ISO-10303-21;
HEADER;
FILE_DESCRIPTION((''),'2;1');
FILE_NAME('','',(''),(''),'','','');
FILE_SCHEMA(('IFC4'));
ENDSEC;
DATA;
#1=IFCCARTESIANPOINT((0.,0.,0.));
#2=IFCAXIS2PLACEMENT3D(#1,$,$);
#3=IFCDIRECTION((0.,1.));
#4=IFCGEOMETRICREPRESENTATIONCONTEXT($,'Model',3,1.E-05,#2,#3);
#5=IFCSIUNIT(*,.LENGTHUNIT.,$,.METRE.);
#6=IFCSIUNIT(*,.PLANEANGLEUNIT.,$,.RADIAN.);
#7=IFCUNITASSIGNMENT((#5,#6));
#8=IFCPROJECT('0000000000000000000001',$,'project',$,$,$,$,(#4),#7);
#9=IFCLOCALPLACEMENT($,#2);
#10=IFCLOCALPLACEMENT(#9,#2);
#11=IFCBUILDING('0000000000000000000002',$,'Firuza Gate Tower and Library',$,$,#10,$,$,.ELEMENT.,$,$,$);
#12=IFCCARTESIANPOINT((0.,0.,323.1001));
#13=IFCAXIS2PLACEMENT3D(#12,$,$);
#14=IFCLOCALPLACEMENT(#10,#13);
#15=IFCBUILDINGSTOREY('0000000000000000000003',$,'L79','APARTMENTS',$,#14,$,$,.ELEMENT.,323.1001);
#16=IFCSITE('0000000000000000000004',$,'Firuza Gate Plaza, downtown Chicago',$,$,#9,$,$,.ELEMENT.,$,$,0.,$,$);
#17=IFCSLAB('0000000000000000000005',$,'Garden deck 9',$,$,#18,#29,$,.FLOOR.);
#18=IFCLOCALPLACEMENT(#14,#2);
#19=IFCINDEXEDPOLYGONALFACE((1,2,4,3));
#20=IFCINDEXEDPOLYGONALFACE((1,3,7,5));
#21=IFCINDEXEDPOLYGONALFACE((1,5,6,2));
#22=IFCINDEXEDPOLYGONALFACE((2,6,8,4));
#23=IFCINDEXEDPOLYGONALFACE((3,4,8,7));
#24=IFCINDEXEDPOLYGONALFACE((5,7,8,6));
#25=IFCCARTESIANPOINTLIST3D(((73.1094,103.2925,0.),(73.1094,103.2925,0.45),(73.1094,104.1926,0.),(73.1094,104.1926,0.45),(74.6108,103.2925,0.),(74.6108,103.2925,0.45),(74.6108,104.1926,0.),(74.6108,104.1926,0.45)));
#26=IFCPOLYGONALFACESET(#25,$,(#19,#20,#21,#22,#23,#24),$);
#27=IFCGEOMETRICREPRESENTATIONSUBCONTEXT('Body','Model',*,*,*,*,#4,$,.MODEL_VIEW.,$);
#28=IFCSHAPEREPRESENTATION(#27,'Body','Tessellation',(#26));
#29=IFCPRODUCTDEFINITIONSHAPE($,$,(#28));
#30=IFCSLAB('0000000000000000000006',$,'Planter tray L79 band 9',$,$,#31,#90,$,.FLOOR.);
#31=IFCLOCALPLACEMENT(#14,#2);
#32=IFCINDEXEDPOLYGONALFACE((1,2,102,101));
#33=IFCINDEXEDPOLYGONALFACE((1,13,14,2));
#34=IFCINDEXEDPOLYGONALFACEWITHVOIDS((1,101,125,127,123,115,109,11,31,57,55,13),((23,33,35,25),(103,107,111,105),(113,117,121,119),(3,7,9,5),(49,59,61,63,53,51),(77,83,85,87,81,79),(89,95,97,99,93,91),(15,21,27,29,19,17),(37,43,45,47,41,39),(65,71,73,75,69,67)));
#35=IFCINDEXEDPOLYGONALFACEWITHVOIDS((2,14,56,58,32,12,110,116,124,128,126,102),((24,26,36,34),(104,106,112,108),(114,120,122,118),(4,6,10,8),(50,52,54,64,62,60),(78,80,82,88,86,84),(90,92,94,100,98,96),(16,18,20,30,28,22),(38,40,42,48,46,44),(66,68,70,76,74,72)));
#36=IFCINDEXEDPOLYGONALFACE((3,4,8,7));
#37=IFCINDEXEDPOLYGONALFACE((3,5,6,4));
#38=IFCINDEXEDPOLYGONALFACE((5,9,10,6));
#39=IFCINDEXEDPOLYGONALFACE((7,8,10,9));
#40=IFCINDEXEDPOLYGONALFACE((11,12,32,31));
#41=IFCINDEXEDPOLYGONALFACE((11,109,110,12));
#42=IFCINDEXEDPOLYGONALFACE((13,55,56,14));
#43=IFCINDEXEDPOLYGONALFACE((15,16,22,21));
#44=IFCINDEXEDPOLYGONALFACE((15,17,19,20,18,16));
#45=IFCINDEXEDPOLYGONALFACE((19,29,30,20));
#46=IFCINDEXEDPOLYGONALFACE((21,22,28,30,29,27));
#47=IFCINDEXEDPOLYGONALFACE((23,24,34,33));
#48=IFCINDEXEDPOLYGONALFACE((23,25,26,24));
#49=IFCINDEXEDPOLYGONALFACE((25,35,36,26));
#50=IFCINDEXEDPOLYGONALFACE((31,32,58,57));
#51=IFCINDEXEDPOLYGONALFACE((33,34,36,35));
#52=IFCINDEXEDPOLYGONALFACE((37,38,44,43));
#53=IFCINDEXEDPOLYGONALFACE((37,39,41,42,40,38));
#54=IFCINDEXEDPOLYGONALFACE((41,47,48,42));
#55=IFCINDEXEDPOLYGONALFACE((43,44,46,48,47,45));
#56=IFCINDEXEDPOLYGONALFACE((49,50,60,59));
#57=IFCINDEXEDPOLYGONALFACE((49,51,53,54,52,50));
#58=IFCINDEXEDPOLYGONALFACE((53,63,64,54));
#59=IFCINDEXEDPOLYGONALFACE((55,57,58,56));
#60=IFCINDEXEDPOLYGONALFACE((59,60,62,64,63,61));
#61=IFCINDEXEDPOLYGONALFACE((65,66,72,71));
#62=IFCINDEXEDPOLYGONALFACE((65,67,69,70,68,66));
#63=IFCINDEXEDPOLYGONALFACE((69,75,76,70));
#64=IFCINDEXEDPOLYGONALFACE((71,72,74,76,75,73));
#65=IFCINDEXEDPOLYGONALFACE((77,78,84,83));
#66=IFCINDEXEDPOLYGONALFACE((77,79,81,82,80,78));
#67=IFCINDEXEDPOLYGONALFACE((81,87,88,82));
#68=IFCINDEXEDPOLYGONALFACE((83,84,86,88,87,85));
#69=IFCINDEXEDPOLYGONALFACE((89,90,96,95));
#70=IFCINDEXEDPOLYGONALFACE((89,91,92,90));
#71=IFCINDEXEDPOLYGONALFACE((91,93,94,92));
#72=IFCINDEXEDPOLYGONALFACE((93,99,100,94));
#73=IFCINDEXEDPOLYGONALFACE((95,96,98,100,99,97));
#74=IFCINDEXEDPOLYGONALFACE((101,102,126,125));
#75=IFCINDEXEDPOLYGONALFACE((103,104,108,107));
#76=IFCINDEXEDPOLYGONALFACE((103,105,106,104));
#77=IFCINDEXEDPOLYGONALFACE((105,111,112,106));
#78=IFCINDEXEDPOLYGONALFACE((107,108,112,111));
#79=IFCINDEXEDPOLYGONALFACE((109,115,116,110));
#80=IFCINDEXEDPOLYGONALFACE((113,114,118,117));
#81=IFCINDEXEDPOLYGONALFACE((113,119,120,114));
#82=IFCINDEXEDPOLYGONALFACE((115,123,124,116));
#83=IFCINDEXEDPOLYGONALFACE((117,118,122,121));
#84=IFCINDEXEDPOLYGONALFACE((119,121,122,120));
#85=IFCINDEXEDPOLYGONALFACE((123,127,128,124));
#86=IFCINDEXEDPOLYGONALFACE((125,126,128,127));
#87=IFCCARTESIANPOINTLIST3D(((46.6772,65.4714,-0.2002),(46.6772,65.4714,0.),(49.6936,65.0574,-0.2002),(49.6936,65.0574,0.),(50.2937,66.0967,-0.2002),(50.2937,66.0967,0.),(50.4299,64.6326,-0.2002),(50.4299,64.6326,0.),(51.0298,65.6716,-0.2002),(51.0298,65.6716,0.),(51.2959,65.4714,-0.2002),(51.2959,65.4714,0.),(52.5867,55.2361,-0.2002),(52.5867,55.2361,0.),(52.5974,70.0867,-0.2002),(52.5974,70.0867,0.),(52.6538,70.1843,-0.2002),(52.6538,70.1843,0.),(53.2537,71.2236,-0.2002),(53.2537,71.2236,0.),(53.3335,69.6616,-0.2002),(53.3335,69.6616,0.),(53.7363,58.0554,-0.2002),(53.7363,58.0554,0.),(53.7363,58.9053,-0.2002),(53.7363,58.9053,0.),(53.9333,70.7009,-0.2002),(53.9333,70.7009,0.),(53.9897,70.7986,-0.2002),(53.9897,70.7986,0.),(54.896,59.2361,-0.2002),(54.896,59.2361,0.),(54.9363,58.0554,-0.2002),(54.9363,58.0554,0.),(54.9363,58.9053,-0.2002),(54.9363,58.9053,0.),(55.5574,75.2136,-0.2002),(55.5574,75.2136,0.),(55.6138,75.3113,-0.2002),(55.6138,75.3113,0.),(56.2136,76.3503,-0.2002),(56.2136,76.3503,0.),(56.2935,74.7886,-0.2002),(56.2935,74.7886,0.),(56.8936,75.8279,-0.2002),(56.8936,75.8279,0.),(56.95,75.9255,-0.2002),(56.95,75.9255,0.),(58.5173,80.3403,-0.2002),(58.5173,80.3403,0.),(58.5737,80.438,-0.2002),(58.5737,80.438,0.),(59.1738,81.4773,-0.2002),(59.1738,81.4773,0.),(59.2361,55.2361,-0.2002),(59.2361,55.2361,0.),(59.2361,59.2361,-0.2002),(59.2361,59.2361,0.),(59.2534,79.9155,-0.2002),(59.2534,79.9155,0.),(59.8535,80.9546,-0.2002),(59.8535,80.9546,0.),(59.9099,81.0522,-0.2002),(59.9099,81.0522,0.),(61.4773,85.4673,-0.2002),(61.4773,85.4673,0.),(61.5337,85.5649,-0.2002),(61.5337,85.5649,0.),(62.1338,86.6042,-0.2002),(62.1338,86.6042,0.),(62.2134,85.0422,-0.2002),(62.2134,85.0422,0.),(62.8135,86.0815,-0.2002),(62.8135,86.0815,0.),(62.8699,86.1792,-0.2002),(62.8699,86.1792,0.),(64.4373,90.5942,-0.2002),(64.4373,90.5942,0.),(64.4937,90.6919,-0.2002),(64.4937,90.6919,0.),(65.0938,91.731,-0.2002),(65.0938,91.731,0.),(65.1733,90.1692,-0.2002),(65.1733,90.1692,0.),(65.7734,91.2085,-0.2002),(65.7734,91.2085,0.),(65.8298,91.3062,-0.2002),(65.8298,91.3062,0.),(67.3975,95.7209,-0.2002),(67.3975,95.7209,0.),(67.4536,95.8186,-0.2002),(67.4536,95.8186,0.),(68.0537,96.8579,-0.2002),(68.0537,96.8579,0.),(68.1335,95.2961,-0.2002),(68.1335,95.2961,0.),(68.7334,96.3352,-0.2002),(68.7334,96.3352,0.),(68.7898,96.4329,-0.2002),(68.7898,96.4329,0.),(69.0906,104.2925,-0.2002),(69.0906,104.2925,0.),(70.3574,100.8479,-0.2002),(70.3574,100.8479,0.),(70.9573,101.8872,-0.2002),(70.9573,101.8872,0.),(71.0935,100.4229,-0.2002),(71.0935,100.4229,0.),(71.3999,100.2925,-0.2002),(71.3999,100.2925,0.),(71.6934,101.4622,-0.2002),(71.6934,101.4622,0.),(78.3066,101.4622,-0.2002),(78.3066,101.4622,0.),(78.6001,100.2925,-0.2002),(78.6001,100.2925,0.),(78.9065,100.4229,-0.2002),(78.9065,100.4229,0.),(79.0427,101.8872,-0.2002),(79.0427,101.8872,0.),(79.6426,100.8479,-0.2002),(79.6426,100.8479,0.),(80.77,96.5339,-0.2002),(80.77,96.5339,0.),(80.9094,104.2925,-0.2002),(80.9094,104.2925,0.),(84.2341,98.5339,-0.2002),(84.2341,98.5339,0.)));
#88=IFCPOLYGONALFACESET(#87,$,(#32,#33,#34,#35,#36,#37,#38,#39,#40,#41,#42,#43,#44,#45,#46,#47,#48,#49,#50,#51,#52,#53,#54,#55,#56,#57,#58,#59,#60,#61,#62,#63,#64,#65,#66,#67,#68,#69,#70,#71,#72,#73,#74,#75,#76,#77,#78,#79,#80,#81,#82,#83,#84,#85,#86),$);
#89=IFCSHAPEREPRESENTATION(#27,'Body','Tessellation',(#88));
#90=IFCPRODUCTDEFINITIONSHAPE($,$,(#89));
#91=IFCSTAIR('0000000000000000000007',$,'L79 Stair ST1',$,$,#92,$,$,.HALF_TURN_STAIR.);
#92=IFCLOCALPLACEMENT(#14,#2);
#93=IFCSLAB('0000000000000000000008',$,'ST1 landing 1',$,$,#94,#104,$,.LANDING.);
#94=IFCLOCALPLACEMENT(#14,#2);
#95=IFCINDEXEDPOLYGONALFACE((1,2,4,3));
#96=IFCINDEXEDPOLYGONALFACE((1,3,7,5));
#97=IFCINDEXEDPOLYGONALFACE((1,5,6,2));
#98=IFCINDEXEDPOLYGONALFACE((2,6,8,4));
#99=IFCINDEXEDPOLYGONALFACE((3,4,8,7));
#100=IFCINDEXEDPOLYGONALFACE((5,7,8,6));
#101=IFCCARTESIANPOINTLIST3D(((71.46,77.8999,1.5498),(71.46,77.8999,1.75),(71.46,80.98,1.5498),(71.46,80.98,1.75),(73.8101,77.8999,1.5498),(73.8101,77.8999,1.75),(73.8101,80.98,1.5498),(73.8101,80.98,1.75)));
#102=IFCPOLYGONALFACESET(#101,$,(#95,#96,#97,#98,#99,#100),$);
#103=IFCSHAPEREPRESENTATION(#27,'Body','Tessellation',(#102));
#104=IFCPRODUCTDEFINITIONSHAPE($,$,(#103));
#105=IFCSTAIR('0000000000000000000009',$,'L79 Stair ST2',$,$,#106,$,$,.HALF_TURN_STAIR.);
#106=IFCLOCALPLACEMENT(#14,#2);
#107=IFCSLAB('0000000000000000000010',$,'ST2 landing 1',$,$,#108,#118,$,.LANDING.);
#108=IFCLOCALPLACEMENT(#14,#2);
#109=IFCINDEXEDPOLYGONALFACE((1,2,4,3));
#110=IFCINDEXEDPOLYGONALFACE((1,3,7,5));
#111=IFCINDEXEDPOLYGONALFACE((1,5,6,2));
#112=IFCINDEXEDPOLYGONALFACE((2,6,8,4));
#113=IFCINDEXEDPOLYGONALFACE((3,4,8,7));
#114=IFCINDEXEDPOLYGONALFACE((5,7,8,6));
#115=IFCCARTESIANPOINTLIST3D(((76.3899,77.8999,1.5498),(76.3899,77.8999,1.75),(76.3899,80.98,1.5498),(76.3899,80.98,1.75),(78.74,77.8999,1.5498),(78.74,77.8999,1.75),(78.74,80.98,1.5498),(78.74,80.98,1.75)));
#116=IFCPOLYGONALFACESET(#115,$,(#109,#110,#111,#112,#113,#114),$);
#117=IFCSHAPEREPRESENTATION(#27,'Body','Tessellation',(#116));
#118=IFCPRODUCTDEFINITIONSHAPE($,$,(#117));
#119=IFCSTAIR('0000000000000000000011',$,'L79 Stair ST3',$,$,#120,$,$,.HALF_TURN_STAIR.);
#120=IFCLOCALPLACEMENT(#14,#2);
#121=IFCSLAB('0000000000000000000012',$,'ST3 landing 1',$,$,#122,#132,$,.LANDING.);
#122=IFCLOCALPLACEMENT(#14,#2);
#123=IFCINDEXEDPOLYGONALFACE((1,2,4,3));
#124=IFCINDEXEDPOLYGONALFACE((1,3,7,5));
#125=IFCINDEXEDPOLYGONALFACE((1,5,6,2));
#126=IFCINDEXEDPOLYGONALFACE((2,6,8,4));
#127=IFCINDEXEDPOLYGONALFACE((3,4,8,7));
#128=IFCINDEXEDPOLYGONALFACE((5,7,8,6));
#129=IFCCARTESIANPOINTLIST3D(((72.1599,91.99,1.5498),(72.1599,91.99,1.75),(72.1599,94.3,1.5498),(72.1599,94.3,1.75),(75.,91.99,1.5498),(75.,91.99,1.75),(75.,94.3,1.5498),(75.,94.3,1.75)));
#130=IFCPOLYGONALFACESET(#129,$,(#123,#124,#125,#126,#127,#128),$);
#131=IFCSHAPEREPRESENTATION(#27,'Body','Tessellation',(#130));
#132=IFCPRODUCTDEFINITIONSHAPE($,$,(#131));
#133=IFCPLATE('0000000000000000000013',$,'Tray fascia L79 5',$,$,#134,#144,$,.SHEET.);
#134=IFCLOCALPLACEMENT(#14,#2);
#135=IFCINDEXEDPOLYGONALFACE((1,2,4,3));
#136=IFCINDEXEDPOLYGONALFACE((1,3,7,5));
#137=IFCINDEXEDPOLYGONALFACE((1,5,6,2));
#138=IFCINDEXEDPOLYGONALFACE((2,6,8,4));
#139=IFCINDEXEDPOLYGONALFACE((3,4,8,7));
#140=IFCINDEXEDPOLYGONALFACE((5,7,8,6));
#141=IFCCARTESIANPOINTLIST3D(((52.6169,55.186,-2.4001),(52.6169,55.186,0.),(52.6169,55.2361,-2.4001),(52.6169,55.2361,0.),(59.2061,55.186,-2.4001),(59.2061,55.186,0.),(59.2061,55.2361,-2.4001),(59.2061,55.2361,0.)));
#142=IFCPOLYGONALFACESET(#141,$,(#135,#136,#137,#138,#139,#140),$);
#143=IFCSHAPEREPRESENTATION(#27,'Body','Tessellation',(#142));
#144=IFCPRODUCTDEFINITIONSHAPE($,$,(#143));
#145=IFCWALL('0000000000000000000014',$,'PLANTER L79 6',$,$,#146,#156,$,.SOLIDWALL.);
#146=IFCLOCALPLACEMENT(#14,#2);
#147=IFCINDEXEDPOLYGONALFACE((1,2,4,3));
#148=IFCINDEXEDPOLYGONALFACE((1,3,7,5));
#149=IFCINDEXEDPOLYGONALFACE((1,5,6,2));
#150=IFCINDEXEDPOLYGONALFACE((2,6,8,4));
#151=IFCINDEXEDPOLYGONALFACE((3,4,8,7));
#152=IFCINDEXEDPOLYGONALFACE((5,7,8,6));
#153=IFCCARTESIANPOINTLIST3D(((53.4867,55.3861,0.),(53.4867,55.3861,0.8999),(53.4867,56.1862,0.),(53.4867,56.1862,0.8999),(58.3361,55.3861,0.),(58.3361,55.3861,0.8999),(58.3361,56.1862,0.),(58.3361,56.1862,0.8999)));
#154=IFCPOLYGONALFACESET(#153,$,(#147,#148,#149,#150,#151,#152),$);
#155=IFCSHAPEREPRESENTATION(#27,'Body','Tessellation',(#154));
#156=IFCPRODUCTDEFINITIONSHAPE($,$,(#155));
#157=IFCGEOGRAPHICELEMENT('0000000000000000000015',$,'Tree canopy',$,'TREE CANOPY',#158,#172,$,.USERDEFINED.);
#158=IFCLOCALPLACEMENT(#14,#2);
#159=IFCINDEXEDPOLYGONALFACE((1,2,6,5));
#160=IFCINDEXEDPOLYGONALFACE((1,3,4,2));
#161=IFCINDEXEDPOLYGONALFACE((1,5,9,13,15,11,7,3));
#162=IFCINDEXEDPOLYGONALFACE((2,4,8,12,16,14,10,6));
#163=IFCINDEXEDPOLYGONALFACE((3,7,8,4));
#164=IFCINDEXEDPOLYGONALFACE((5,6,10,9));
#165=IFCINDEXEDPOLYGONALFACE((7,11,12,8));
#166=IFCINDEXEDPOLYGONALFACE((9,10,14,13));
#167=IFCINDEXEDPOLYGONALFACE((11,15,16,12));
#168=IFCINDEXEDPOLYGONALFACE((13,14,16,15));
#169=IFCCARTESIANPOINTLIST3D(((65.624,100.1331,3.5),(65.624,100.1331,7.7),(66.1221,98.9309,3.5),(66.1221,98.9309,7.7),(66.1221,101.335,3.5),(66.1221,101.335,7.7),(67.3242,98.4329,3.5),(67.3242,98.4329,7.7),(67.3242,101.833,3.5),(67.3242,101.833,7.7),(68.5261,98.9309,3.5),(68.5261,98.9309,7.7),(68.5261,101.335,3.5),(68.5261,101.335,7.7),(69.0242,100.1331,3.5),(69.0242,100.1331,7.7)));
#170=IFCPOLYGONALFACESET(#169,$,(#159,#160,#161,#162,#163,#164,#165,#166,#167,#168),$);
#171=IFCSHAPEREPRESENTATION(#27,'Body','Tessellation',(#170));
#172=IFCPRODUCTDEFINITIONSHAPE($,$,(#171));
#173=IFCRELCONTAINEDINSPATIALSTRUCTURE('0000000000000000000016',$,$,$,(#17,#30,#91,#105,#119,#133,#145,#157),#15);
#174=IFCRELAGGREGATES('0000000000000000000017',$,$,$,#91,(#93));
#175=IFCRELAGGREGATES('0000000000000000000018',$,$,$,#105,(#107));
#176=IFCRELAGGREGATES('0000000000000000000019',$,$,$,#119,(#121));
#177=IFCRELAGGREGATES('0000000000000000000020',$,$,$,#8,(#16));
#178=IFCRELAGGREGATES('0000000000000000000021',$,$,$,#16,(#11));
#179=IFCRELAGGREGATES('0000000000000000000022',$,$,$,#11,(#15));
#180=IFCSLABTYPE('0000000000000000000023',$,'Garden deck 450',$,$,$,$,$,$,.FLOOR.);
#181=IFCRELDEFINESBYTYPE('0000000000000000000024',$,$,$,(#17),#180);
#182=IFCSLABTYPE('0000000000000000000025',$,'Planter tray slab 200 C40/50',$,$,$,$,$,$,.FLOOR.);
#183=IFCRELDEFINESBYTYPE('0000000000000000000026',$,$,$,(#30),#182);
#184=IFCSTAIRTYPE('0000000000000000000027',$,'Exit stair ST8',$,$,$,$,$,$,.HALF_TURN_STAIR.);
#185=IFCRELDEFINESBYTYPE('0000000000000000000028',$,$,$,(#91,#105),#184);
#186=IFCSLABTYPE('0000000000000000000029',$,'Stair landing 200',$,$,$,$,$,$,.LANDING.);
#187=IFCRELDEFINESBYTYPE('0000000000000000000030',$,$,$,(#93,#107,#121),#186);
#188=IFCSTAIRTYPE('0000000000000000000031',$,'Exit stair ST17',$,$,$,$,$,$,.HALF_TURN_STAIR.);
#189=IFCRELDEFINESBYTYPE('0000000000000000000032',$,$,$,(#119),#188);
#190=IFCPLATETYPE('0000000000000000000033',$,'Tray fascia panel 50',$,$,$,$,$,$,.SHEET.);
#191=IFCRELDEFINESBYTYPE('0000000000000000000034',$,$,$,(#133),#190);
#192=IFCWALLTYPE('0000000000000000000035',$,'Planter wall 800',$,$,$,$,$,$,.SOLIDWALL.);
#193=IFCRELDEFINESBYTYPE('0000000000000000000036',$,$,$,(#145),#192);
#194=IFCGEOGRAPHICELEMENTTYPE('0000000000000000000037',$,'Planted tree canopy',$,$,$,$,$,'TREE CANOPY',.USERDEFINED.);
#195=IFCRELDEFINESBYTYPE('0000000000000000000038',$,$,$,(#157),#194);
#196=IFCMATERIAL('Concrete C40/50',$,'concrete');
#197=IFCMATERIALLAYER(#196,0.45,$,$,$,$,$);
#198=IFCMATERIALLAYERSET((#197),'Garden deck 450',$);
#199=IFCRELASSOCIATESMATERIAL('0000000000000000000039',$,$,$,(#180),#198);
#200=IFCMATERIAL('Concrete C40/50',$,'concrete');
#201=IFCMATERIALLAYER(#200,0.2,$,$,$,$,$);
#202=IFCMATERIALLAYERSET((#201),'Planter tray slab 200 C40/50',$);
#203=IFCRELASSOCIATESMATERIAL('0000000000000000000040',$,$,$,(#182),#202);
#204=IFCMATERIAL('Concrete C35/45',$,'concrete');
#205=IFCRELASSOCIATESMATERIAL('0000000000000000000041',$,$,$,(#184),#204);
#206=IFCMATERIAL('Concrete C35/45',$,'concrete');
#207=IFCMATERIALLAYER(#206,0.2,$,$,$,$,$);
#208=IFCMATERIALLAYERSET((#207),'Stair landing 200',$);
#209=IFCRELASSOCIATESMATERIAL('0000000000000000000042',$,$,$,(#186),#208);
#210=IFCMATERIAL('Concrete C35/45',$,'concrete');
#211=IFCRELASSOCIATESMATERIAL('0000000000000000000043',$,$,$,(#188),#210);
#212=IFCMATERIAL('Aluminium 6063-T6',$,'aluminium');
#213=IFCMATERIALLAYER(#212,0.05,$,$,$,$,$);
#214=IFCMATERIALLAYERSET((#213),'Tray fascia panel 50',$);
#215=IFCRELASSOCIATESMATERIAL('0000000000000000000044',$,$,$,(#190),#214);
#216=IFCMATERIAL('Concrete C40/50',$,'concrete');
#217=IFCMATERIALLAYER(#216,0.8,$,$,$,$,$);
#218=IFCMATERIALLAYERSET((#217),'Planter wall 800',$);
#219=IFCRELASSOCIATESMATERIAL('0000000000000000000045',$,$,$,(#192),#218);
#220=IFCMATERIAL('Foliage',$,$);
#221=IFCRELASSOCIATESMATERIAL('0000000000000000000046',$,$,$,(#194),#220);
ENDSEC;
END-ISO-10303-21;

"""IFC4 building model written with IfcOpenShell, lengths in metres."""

from ifc_helpers import new_model, si_unit, direction, frame, frame_2d, origin, place, context, subcontext, project, spatial, polyline, rectangle, outline, extrude, material, layer, layer_set, type_object, element, aggregate, save


model = new_model("IFC4")

# Units and contexts
model_context = context("Model", 3, precision=1e-05, world=origin(), true_north=direction((0.0, 1.0)))
body_context = subcontext(model_context, "Body", "Model", "MODEL_VIEW")
ifc_project = project(units=[si_unit("LENGTHUNIT", "METRE"), si_unit("PLANEANGLEUNIT", "RADIAN")], contexts=[model_context])

# Site, building, storey
site_placement = place(None, origin())
site = spatial("IfcSite", under=ifc_project, at=site_placement, Name="Firuza Gate Plaza, downtown Chicago", CompositionType="ELEMENT", RefElevation=0.0)
building_placement = place(site_placement, origin())
building = spatial("IfcBuilding", under=site, at=building_placement, Name="Firuza Gate Tower and Library", CompositionType="ELEMENT")
storey_placement = place(building_placement, frame((0.0, 0.0, 323.1001)))
storey = spatial("IfcBuildingStorey", under=building, at=storey_placement, Name="L79", Description="APARTMENTS", CompositionType="ELEMENT", Elevation=323.1001)

# Shared definitions
placement_1 = place(storey_placement, origin())

# Shared definitions
placement_2 = place(storey_placement, frame((0.0, 0.0, 3.5)))

# Slabs
placement_3 = place(storey_placement, frame((0.0, 0.0, -0.2002)))
ifc_material_1 = material(Name="Concrete C40/50", Category="concrete")
ifc_layer_1 = layer(ifc_material_1, 0.45)
ifc_layer_set_1 = layer_set([ifc_layer_1], Name="Garden deck 450")
slab_type_1 = type_object("IfcSlabType", Name="Garden deck 450", PredefinedType="FLOOR", material=ifc_layer_set_1)
element("IfcSlab", 1, at=placement_1, inside=storey, type_object=slab_type_1, Name="Garden deck 9", PredefinedType="FLOOR", context=body_context, shape_type="SweptSolid", body=[
    extrude(outline(polyline([(74.6108, 104.1926), (73.1094, 104.1926), (73.1094, 103.2925), (74.6108, 103.2925), (74.6108, 104.1926)])), origin(), (0.0, 0.0, 1.0), 0.45),
])
ifc_material_2 = material(Name="Concrete C40/50", Category="concrete")
ifc_layer_2 = layer(ifc_material_2, 0.2)
ifc_layer_set_2 = layer_set([ifc_layer_2], Name="Planter tray slab 200 C40/50")
slab_type_2 = type_object("IfcSlabType", Name="Planter tray slab 200 C40/50", PredefinedType="FLOOR", material=ifc_layer_set_2)
element("IfcSlab", 2, at=placement_3, inside=storey, type_object=slab_type_2, Name="Planter tray L79 band 9", PredefinedType="FLOOR", context=body_context, shape_type="SweptSolid", body=[
    extrude(outline(polyline([(80.77, 96.5339), (84.2341, 98.5339), (80.9094, 104.2925), (69.0906, 104.2925), (46.6772, 65.4714), (52.5867, 55.2361), (59.2361, 55.2361), (59.2361, 59.2361), (54.896, 59.2361), (51.2959, 65.4714), (71.3999, 100.2925), (78.6001, 100.2925), (80.77, 96.5339)]), holes=[polyline([(53.7363, 58.0554), (53.7363, 58.9053), (54.9363, 58.9053), (54.9363, 58.0554), (53.7363, 58.0554)]), polyline([(51.0298, 65.6716), (50.4299, 64.6326), (49.6936, 65.0574), (50.2937, 66.0967), (51.0298, 65.6716)]), polyline([(52.6538, 70.1843), (53.2537, 71.2236), (53.9897, 70.7986), (53.9333, 70.7009), (53.9333, 70.7009), (53.3335, 69.6616), (52.5974, 70.0867), (52.6538, 70.1843), (52.6538, 70.1843)]), polyline([(55.6138, 75.3113), (55.6138, 75.3113), (56.2136, 76.3503), (56.95, 75.9255), (56.8936, 75.8279), (56.8936, 75.8279), (56.2935, 74.7886), (55.5574, 75.2136), (55.6138, 75.3113)]), polyline([(58.5737, 80.438), (59.1738, 81.4773), (59.9099, 81.0522), (59.8535, 80.9546), (59.8535, 80.9546), (59.2534, 79.9155), (58.5173, 80.3403), (58.5737, 80.438), (58.5737, 80.438)]), polyline([(61.5337, 85.5649), (61.5337, 85.5649), (62.1338, 86.6042), (62.8699, 86.1792), (62.8135, 86.0815), (62.8135, 86.0815), (62.2134, 85.0422), (61.4773, 85.4673), (61.5337, 85.5649)]), polyline([(64.4937, 90.6919), (64.4937, 90.6919), (65.0938, 91.731), (65.8298, 91.3062), (65.7734, 91.2085), (65.7734, 91.2085), (65.1733, 90.1692), (64.4373, 90.5942), (64.4937, 90.6919)]), polyline([(67.4536, 95.8186), (67.4536, 95.8186), (68.0537, 96.8579), (68.7898, 96.4329), (68.7334, 96.3352), (68.7334, 96.3352), (68.1335, 95.2961), (67.3975, 95.7209), (67.4536, 95.8186)]), polyline([(70.9573, 101.8872), (71.6934, 101.4622), (71.0935, 100.4229), (70.3574, 100.8479), (70.9573, 101.8872)]), polyline([(79.6426, 100.8479), (78.9065, 100.4229), (78.3066, 101.4622), (79.0427, 101.8872), (79.6426, 100.8479)])]), origin(), (0.0, 0.0, 1.0), 0.2002),
])

# Stairs, slabs
ifc_material_3 = material(Name="Concrete C35/45", Category="concrete")
stair_type_1 = type_object("IfcStairType", Name="Exit stair ST8", PredefinedType="HALF_TURN_STAIR", material=ifc_material_3)
stair_1 = element("IfcStair", 3, at=placement_1, inside=storey, type_object=stair_type_1, Name="L79 Stair ST1", PredefinedType="HALF_TURN_STAIR")
ifc_material_4 = material(Name="Concrete C35/45", Category="concrete")
ifc_layer_3 = layer(ifc_material_4, 0.2)
ifc_layer_set_3 = layer_set([ifc_layer_3], Name="Stair landing 200")
slab_type_3 = type_object("IfcSlabType", Name="Stair landing 200", PredefinedType="LANDING", material=ifc_layer_set_3)
placement_4 = place(storey_placement, frame((0.0, 0.0, 1.5498)))
slab_1 = element("IfcSlab", 4, at=placement_4, type_object=slab_type_3, Name="ST1 landing 1", PredefinedType="LANDING", context=body_context, shape_type="SweptSolid", body=[
    extrude(outline(polyline([(71.46, 77.8999), (73.8101, 77.8999), (73.8101, 80.98), (71.46, 80.98), (71.46, 77.8999)])), origin(), (0.0, 0.0, 1.0), 0.2002),
])
aggregate(stair_1, [slab_1])
stair_2 = element("IfcStair", 5, at=placement_1, inside=storey, type_object=stair_type_1, Name="L79 Stair ST2", PredefinedType="HALF_TURN_STAIR")
slab_2 = element("IfcSlab", 6, at=placement_4, type_object=slab_type_3, Name="ST2 landing 1", PredefinedType="LANDING", context=body_context, shape_type="SweptSolid", body=[
    extrude(outline(polyline([(78.74, 80.98), (76.3899, 80.98), (76.3899, 77.8999), (78.74, 77.8999), (78.74, 80.98)])), origin(), (0.0, 0.0, 1.0), 0.2002),
])
aggregate(stair_2, [slab_2])
ifc_material_5 = material(Name="Concrete C35/45", Category="concrete")
stair_type_2 = type_object("IfcStairType", Name="Exit stair ST17", PredefinedType="HALF_TURN_STAIR", material=ifc_material_5)
stair_3 = element("IfcStair", 7, at=placement_1, inside=storey, type_object=stair_type_2, Name="L79 Stair ST3", PredefinedType="HALF_TURN_STAIR")
slab_3 = element("IfcSlab", 8, at=placement_4, type_object=slab_type_3, Name="ST3 landing 1", PredefinedType="LANDING", context=body_context, shape_type="SweptSolid", body=[
    extrude(outline(polyline([(75.0, 91.99), (75.0, 94.3), (72.1599, 94.3), (72.1599, 91.99), (75.0, 91.99)])), origin(), (0.0, 0.0, 1.0), 0.2002),
])
aggregate(stair_3, [slab_3])

# Plate
ifc_material_6 = material(Name="Aluminium 6063-T6", Category="aluminium")
ifc_layer_4 = layer(ifc_material_6, 0.05)
ifc_layer_set_4 = layer_set([ifc_layer_4], Name="Tray fascia panel 50")
plate_type_1 = type_object("IfcPlateType", Name="Tray fascia panel 50", PredefinedType="SHEET", material=ifc_layer_set_4)
plate_1_placement = place(storey_placement, frame((52.6169, 55.186, -2.4001), z_axis=(0.0, -1.0, 0.0), x_axis=(1.0, 0.0, 0.0)))
element("IfcPlate", 9, at=plate_1_placement, inside=storey, type_object=plate_type_1, Name="Tray fascia L79 5", PredefinedType="SHEET", context=body_context, shape_type="SweptSolid", body=[
    extrude(outline(polyline([(0.0, 0.0), (6.5891, 0.0), (6.5891, 2.4001), (0.0, 2.4001), (0.0, 0.0)])), origin(), (0.0, 0.0, -1.0), 0.05),
])

# Wall
ifc_material_7 = material(Name="Concrete C40/50", Category="concrete")
ifc_layer_5 = layer(ifc_material_7, 0.8)
ifc_layer_set_5 = layer_set([ifc_layer_5], Name="Planter wall 800")
wall_type = type_object("IfcWallType", Name="Planter wall 800", PredefinedType="SOLIDWALL", material=ifc_layer_set_5)
wall_placement = place(storey_placement, frame((53.4866, 55.7861, 0.0), z_axis=(0.0, 0.0, 1.0), x_axis=(1.0, 0.0, 0.0)))
element("IfcWall", 10, at=wall_placement, inside=storey, type_object=wall_type, Name="PLANTER L79 6", PredefinedType="SOLIDWALL", context=body_context, shape_type="SweptSolid", body=[
    extrude(rectangle(XDim=4.8494, YDim=0.8, at=frame_2d((2.4248, 0.0))), origin(), (0.0, 0.0, 1.0), 0.8999),
])

# Geographic element
ifc_material_8 = material(Name="Foliage")
geographic_element_type = type_object("IfcGeographicElementType", Name="Planted tree canopy", ElementType="TREE CANOPY", PredefinedType="USERDEFINED", material=ifc_material_8)
element("IfcGeographicElement", 11, at=placement_2, inside=storey, type_object=geographic_element_type, Name="Tree canopy", ObjectType="TREE CANOPY", PredefinedType="USERDEFINED", context=body_context, shape_type="SweptSolid", body=[
    extrude(outline(polyline([(69.0242, 100.1331), (68.5261, 101.335), (67.3242, 101.833), (66.1221, 101.335), (65.624, 100.1331), (66.1221, 98.9309), (67.3242, 98.4329), (68.5261, 98.9309), (69.0242, 100.1331)])), origin(), (0.0, 0.0, 1.0), 4.2),
])

save(model, "model.ifc")
